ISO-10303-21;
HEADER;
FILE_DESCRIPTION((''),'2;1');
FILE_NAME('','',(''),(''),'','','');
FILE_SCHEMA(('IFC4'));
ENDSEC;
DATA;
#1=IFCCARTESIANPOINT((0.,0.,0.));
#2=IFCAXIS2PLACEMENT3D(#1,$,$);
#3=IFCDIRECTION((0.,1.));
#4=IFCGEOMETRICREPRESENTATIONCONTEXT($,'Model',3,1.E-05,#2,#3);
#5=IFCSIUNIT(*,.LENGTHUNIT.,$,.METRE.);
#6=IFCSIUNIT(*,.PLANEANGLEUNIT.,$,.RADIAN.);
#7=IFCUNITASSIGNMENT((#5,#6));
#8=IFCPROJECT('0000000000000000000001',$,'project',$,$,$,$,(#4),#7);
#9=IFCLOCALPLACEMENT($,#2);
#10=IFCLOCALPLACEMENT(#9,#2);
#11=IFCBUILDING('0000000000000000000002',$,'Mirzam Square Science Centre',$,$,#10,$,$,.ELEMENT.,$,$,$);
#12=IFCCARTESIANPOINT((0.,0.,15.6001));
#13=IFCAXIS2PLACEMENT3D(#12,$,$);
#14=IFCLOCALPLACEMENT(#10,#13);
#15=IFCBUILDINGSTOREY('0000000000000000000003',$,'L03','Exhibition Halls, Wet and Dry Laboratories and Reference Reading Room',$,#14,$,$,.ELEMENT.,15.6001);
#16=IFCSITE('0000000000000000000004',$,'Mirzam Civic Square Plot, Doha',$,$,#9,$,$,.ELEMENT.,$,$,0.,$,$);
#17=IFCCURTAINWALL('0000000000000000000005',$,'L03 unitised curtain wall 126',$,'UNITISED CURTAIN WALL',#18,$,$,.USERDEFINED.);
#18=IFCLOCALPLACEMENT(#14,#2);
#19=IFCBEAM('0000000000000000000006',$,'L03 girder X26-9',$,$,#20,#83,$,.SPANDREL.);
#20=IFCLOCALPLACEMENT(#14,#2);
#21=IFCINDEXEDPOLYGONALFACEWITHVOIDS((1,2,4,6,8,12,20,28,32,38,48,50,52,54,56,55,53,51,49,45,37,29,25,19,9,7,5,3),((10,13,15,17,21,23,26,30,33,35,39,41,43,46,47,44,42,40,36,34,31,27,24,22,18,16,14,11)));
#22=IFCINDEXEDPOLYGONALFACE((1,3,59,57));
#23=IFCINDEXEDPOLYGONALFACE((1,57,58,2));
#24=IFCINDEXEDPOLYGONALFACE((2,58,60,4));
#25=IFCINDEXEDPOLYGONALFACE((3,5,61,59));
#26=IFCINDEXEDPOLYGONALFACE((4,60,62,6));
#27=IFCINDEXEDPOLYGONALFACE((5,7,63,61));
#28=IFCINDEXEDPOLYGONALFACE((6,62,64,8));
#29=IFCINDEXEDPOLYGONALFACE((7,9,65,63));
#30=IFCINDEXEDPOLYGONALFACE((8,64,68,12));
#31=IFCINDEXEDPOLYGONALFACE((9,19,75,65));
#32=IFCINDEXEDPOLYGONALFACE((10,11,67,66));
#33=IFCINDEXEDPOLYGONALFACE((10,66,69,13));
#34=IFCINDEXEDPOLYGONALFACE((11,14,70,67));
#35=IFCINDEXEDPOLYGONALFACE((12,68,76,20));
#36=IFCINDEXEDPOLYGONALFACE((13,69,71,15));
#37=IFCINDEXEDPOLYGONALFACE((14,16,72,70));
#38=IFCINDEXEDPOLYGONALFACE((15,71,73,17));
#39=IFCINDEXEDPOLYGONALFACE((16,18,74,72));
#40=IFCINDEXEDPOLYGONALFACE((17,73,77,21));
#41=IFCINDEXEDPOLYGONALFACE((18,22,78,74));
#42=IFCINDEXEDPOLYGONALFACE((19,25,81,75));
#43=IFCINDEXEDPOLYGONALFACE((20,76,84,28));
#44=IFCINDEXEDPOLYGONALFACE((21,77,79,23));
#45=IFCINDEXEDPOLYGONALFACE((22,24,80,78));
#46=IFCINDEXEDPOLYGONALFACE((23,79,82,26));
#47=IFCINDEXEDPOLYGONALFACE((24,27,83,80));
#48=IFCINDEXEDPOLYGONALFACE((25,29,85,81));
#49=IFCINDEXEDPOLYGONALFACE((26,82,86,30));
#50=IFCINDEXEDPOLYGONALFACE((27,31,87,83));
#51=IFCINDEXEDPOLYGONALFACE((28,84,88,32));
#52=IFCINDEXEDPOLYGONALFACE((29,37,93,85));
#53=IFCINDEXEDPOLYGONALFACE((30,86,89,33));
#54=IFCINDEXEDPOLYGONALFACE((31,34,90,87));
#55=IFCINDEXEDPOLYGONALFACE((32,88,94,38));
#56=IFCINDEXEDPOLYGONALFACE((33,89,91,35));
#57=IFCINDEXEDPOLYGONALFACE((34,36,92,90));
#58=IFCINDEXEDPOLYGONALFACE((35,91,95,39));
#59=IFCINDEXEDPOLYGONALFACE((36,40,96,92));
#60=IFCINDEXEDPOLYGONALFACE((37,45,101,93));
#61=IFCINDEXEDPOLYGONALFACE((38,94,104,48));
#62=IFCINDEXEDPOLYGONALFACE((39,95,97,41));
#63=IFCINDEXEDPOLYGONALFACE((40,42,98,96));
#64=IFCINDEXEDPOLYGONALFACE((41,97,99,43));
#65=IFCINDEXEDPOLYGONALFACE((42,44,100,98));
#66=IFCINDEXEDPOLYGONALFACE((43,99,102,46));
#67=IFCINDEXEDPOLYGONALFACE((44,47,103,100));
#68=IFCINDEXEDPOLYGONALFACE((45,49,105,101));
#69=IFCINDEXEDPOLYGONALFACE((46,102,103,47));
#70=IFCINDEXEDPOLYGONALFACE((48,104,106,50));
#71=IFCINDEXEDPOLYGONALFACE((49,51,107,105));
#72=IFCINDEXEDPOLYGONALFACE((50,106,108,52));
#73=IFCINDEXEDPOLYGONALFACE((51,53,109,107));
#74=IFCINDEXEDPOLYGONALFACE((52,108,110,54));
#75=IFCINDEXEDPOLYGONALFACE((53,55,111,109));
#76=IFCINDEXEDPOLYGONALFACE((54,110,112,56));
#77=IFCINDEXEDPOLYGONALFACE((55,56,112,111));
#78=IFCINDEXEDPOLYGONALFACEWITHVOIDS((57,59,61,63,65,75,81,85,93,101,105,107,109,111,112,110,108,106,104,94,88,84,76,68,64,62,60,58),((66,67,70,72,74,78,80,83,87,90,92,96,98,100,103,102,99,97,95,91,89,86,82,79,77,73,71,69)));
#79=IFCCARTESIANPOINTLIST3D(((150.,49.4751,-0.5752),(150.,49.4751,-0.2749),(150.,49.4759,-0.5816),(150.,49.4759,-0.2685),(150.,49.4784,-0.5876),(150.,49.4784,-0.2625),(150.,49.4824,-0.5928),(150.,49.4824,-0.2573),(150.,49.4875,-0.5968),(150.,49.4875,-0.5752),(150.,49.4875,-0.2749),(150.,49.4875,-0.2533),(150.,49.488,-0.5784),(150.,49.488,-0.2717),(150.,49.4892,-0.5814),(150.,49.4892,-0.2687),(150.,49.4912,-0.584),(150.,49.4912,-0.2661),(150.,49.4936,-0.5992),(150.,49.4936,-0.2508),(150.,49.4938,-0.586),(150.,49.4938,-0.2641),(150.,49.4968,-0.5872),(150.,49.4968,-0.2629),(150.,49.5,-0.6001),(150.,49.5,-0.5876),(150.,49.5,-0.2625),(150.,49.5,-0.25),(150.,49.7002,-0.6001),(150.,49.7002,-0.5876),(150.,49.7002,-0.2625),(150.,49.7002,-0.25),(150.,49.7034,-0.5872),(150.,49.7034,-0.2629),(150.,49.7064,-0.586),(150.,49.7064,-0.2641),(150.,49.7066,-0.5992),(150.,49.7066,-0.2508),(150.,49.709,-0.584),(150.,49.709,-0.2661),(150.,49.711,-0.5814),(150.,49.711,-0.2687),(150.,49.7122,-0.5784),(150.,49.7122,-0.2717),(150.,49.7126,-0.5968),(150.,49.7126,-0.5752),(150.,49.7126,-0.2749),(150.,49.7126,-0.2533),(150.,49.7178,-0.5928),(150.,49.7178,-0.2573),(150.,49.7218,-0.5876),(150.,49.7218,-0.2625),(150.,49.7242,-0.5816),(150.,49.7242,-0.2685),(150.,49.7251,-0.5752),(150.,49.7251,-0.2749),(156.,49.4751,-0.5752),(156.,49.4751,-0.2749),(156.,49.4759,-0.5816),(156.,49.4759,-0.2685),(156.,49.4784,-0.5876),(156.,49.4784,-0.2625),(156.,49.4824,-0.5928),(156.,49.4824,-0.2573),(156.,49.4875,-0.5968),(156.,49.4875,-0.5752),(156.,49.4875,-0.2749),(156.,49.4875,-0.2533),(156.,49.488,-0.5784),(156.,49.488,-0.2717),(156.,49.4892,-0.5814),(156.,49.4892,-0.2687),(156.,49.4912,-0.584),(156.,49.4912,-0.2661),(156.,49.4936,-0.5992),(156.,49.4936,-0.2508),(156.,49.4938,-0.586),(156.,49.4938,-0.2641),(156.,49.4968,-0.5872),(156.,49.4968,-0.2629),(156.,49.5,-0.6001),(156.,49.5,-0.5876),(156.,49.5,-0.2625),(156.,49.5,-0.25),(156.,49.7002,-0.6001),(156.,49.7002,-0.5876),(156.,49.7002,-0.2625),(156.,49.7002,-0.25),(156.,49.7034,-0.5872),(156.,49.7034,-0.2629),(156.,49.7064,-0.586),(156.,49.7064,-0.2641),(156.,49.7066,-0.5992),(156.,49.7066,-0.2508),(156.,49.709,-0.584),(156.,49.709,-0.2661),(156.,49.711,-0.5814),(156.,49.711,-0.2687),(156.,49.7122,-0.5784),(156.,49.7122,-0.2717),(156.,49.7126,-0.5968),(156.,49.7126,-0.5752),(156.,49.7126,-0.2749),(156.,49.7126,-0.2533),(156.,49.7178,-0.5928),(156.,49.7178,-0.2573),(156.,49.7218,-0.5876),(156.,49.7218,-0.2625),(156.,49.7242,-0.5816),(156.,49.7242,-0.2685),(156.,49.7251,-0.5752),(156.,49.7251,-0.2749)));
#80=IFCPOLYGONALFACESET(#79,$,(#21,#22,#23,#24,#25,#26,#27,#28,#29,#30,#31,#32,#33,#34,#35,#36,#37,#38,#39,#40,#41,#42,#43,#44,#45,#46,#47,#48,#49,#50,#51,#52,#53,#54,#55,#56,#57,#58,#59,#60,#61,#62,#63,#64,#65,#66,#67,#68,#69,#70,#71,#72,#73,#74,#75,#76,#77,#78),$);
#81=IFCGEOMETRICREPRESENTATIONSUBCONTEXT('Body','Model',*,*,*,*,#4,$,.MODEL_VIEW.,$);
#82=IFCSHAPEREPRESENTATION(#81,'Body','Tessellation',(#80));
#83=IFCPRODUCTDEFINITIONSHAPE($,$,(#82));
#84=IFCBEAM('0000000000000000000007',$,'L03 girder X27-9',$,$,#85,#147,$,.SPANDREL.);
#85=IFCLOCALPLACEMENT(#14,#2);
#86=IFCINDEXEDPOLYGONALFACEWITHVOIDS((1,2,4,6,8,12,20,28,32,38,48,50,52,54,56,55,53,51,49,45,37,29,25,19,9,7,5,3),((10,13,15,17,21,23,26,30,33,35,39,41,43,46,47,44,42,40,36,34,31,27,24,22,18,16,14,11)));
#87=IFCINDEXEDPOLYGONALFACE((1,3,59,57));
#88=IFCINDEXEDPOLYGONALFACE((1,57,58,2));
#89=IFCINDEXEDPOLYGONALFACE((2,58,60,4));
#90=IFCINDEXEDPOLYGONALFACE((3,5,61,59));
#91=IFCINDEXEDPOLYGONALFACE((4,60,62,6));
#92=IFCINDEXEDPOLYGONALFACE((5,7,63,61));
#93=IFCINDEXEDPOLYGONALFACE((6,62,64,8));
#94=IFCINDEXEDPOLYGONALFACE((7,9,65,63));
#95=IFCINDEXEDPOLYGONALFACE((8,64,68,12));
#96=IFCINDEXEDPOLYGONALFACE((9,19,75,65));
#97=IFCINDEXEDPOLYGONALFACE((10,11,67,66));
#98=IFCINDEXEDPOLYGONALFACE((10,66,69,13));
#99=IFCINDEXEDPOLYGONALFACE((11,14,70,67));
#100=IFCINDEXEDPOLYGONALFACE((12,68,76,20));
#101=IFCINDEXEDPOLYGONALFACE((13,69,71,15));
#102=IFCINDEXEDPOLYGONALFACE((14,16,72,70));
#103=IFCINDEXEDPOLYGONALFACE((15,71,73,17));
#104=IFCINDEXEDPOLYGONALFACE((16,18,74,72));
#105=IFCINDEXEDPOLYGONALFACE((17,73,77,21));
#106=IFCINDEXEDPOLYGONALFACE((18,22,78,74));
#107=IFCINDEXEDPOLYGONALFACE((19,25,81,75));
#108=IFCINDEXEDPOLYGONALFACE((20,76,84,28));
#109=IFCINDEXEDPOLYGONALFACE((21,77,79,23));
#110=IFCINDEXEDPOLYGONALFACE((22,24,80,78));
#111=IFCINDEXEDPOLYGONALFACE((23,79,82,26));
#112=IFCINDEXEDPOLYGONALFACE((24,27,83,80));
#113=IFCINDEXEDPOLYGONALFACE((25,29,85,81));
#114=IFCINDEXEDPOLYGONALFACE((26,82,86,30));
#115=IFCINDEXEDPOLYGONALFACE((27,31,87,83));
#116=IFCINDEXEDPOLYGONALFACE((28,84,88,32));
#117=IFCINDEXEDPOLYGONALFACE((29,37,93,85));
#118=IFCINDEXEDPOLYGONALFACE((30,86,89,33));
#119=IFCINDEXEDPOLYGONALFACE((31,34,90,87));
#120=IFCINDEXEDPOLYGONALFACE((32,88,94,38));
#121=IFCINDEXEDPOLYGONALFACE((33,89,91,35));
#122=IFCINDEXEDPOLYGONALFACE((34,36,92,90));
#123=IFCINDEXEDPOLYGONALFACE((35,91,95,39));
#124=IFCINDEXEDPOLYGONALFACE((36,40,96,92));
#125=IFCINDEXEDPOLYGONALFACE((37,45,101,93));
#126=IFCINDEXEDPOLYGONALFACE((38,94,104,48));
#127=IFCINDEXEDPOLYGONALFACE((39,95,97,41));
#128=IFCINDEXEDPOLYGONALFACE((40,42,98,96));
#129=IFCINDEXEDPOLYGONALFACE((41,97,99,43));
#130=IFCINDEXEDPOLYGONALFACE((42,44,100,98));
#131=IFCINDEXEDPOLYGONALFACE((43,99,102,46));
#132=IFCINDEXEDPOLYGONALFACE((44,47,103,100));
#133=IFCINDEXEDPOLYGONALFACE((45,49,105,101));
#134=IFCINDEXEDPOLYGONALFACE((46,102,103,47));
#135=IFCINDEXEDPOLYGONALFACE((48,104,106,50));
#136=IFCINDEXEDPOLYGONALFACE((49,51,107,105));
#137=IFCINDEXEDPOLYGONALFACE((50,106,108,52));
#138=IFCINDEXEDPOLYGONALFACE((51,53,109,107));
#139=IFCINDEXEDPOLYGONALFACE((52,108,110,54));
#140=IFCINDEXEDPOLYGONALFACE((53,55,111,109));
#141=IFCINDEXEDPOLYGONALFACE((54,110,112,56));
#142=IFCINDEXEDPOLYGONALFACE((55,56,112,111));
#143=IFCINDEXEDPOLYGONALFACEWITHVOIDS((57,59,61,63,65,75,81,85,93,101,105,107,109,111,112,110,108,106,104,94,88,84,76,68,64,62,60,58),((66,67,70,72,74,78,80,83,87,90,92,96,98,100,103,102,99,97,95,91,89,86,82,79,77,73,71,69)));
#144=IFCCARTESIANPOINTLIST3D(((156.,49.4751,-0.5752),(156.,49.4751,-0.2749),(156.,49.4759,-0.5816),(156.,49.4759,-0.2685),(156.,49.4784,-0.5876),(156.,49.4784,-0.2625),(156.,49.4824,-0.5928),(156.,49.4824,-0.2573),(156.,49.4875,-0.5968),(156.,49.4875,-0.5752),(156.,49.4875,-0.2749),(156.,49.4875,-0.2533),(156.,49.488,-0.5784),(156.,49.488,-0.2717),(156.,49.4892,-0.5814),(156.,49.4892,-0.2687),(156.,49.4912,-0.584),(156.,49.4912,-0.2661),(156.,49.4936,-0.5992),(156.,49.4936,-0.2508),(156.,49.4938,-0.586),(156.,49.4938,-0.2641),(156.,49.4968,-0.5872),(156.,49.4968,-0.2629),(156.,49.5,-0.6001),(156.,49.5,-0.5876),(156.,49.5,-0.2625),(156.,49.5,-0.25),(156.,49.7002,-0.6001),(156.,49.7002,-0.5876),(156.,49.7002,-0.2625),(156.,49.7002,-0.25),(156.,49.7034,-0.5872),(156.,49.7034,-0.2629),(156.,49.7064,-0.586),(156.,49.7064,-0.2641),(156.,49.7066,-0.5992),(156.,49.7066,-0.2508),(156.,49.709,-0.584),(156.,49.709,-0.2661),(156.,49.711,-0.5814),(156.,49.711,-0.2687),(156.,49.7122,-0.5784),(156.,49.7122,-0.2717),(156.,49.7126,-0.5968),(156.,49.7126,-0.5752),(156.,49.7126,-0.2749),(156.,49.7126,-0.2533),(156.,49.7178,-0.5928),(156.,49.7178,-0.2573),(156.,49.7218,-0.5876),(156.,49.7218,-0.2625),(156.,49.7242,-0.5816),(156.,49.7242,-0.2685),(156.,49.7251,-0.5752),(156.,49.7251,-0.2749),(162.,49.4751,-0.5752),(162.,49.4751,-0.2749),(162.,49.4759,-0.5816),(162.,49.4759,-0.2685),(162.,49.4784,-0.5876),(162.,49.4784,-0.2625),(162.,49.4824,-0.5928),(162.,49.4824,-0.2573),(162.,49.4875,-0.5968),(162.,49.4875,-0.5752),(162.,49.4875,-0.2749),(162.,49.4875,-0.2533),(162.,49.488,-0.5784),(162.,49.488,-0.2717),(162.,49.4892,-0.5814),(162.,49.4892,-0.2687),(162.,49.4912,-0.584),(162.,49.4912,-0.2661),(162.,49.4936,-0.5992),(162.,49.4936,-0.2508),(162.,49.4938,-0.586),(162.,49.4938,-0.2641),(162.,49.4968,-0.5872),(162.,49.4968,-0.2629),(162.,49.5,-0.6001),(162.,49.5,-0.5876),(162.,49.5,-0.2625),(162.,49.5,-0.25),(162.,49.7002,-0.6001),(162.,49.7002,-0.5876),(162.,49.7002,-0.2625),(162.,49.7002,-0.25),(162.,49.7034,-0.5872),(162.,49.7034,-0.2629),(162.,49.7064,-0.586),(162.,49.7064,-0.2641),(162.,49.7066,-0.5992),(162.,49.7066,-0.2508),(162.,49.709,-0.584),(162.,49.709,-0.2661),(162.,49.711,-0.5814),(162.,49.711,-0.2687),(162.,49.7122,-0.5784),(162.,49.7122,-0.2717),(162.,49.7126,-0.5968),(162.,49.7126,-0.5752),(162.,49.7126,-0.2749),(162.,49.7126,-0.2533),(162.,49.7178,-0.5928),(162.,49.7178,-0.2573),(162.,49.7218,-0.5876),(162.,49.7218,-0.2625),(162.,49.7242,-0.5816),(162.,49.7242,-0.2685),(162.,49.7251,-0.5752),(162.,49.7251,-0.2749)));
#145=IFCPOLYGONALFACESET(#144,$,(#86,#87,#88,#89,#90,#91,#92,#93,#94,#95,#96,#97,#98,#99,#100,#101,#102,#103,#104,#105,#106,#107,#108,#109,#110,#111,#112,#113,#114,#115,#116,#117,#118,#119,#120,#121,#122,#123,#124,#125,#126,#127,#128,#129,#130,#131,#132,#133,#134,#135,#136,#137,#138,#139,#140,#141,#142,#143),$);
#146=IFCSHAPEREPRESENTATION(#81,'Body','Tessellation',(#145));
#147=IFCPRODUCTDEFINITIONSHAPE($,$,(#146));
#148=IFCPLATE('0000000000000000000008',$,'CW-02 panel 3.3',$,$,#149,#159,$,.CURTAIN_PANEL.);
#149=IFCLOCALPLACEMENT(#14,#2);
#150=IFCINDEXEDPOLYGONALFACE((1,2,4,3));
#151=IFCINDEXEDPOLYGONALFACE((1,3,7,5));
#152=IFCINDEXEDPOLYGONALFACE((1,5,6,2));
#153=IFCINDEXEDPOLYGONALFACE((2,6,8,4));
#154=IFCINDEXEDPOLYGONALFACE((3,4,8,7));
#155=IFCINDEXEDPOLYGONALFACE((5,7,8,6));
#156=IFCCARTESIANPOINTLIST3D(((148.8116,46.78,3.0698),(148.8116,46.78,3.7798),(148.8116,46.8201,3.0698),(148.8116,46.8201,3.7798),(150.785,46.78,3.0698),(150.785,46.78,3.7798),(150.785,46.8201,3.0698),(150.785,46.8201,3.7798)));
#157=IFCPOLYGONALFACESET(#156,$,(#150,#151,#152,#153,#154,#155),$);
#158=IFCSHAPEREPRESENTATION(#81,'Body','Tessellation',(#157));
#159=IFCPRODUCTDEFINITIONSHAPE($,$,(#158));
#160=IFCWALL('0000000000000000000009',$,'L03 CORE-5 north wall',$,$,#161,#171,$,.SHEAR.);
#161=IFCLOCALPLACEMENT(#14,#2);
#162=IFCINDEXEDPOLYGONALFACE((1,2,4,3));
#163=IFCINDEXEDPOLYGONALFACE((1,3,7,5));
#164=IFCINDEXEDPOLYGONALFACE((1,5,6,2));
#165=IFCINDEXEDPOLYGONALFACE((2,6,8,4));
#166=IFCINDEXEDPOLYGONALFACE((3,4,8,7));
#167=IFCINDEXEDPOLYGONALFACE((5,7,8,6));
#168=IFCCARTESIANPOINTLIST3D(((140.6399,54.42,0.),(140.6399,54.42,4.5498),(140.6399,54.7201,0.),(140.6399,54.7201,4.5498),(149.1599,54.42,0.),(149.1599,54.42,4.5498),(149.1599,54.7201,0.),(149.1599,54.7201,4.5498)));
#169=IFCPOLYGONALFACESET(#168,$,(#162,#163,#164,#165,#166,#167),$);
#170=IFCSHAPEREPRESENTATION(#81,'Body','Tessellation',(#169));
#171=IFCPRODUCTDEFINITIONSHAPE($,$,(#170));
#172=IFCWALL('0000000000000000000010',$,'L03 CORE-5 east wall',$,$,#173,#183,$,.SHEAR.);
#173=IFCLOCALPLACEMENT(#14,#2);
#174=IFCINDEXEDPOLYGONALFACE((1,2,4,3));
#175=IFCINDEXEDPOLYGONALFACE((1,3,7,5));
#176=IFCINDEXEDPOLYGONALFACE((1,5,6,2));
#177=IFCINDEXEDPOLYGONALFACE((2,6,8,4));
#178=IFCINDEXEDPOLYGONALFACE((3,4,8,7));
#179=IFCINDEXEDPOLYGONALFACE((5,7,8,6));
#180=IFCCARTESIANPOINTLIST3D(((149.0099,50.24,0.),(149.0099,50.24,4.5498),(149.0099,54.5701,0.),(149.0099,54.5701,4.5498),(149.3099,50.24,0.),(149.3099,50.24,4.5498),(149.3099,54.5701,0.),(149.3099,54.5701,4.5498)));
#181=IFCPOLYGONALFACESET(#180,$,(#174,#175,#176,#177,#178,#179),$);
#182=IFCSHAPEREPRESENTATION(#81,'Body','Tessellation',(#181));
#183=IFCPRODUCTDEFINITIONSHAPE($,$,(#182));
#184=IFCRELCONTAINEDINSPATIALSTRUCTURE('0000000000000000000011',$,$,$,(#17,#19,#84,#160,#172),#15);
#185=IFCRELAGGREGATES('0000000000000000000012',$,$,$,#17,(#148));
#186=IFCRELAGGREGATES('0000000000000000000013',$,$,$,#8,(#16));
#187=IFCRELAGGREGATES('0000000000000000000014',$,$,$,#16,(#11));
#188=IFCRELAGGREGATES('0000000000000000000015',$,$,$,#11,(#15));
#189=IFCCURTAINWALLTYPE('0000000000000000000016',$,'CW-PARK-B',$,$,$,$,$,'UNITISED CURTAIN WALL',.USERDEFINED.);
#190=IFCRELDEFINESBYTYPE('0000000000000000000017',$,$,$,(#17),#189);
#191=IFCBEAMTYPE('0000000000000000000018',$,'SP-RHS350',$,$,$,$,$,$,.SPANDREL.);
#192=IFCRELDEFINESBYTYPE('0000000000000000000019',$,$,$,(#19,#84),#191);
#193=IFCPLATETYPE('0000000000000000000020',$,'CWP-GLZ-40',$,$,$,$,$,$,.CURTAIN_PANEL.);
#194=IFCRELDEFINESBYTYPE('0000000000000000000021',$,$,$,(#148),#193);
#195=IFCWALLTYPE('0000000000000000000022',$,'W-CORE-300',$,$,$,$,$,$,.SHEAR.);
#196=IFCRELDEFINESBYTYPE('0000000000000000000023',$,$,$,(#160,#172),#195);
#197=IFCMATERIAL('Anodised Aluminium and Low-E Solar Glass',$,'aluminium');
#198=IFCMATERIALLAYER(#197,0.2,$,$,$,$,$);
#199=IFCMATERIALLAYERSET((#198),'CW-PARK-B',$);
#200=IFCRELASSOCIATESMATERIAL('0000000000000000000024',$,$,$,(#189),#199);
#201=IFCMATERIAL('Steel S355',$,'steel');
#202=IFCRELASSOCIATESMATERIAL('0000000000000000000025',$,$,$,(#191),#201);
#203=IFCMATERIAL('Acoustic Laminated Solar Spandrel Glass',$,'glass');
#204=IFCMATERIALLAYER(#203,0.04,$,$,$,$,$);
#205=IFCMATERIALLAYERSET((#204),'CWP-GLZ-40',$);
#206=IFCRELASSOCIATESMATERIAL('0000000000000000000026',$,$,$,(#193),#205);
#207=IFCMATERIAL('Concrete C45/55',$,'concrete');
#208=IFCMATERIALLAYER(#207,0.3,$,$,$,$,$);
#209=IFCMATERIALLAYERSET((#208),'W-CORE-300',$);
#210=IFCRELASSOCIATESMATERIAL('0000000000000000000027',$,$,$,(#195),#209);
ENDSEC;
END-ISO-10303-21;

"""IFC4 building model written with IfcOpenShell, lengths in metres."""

from ifc_helpers import new_model, si_unit, direction, frame, frame_2d, origin, origin_2d, place, context, subcontext, project, spatial, rectangle, hollow_rectangle, extrude, material, layer, layer_set, material_profile, profile_set, type_object, element, aggregate, save


model = new_model("IFC4")

# Units and contexts
model_context = context("Model", 3, precision=1e-05, world=origin(), true_north=direction((0.0, 1.0)))
body_context = subcontext(model_context, "Body", "Model", "MODEL_VIEW")
ifc_project = project(units=[si_unit("LENGTHUNIT", "METRE"), si_unit("PLANEANGLEUNIT", "RADIAN")], contexts=[model_context])

# Site, building, storey
site_placement = place(None, origin())
site = spatial("IfcSite", under=ifc_project, at=site_placement, Name="Mirzam Civic Square Plot, Doha", CompositionType="ELEMENT", RefElevation=0.0)
building_placement = place(site_placement, origin())
building = spatial("IfcBuilding", under=site, at=building_placement, Name="Mirzam Square Science Centre", CompositionType="ELEMENT")
storey_placement = place(building_placement, frame((0.0, 0.0, 15.6001)))
storey = spatial("IfcBuildingStorey", under=building, at=storey_placement, Name="L03", Description="Exhibition Halls, Wet and Dry Laboratories and Reference Reading Room", CompositionType="ELEMENT", Elevation=15.6001)

# Shared definitions
ifc_material_1 = material(Name="Steel S355", Category="steel")

# Curtain wall
ifc_material_2 = material(Name="Anodised Aluminium and Low-E Solar Glass", Category="aluminium")
ifc_layer_1 = layer(ifc_material_2, 0.2)
ifc_layer_set_1 = layer_set([ifc_layer_1], Name="CW-PARK-B")
curtain_wall_type_1 = type_object("IfcCurtainWallType", Name="CW-PARK-B", ElementType="UNITISED CURTAIN WALL", PredefinedType="USERDEFINED", material=ifc_layer_set_1)
curtain_wall_1_placement = place(storey_placement, origin())
curtain_wall_1 = element("IfcCurtainWall", 1, at=curtain_wall_1_placement, inside=storey, type_object=curtain_wall_type_1, Name="L03 unitised curtain wall 126", ObjectType="UNITISED CURTAIN WALL", PredefinedType="USERDEFINED")

# Beams
ifc_material_profile_1 = material_profile(ifc_material_1, hollow_rectangle(XDim=0.25, YDim=0.3501, WallThickness=0.0125, InnerFilletRadius=0.0125, OuterFilletRadius=0.0249, at=origin_2d()), Name="350x250x12.5RHS")
ifc_profile_set_1 = profile_set([ifc_material_profile_1], Name="Steel S355")
beam_type_1 = type_object("IfcBeamType", Name="SP-RHS350", PredefinedType="SPANDREL", material=ifc_profile_set_1)
for number, where, z_axis, x_axis, name in (
    (2, (150.0, 49.6001, -0.425), (1.0, 0.0, 0.0), (0.0, 1.0, 0.0), "L03 girder X26-9"),
    (3, (156.0, 49.6001, -0.425), (1.0, 0.0, 0.0), (0.0, 1.0, 0.0), "L03 girder X27-9"),
):
    element("IfcBeam", number, at=place(storey_placement, frame(where, z_axis=z_axis, x_axis=x_axis)), inside=storey, type_object=beam_type_1, Name=name, PredefinedType="SPANDREL", context=body_context, shape_type="SweptSolid", body=[
        extrude(hollow_rectangle(XDim=0.25, YDim=0.3501, WallThickness=0.0125, InnerFilletRadius=0.0125, OuterFilletRadius=0.0249, at=origin_2d()), origin(), (0.0, 0.0, 1.0), 6.0),
    ])

# Plate
ifc_material_3 = material(Name="Acoustic Laminated Solar Spandrel Glass", Category="glass")
ifc_layer_2 = layer(ifc_material_3, 0.04)
ifc_layer_set_2 = layer_set([ifc_layer_2], Name="CWP-GLZ-40")
plate_type = type_object("IfcPlateType", Name="CWP-GLZ-40", PredefinedType="CURTAIN_PANEL", material=ifc_layer_set_2)
plate_placement = place(storey_placement, frame((149.7983, 46.8, 3.0698), z_axis=(0.0, 0.0, 1.0), x_axis=(1.0, 0.0, 0.0)))
plate = element("IfcPlate", 4, at=plate_placement, type_object=plate_type, Name="CW-02 panel 3.3", PredefinedType="CURTAIN_PANEL", context=body_context, shape_type="SweptSolid", body=[
    extrude(rectangle(XDim=1.9734, YDim=0.04, at=origin_2d()), origin(), (0.0, 0.0, 1.0), 0.71),
])
aggregate(curtain_wall_1, [plate])

# Walls
ifc_material_4 = material(Name="Concrete C45/55", Category="concrete")
ifc_layer_3 = layer(ifc_material_4, 0.3)
ifc_layer_set_3 = layer_set([ifc_layer_3], Name="W-CORE-300")
wall_type_1 = type_object("IfcWallType", Name="W-CORE-300", PredefinedType="SHEAR", material=ifc_layer_set_3)
wall_1_placement = place(storey_placement, frame((149.1599, 54.5701, 0.0), z_axis=(0.0, 0.0, 1.0), x_axis=(-1.0, 0.0, 0.0)))
element("IfcWall", 5, at=wall_1_placement, inside=storey, type_object=wall_type_1, Name="L03 CORE-5 north wall", PredefinedType="SHEAR", context=body_context, shape_type="SweptSolid", body=[
    extrude(rectangle(XDim=8.52, YDim=0.3, at=frame_2d((4.26, 0.0))), origin(), (0.0, 0.0, 1.0), 4.5498),
])
wall_2_placement = place(storey_placement, frame((149.1599, 50.24, 0.0), z_axis=(0.0, 0.0, 1.0), x_axis=(0.0, 1.0, 0.0)))
element("IfcWall", 6, at=wall_2_placement, inside=storey, type_object=wall_type_1, Name="L03 CORE-5 east wall", PredefinedType="SHEAR", context=body_context, shape_type="SweptSolid", body=[
    extrude(rectangle(XDim=4.3301, YDim=0.3, at=frame_2d((2.165, 0.0))), origin(), (0.0, 0.0, 1.0), 4.5498),
])

save(model, "model.ifc")
